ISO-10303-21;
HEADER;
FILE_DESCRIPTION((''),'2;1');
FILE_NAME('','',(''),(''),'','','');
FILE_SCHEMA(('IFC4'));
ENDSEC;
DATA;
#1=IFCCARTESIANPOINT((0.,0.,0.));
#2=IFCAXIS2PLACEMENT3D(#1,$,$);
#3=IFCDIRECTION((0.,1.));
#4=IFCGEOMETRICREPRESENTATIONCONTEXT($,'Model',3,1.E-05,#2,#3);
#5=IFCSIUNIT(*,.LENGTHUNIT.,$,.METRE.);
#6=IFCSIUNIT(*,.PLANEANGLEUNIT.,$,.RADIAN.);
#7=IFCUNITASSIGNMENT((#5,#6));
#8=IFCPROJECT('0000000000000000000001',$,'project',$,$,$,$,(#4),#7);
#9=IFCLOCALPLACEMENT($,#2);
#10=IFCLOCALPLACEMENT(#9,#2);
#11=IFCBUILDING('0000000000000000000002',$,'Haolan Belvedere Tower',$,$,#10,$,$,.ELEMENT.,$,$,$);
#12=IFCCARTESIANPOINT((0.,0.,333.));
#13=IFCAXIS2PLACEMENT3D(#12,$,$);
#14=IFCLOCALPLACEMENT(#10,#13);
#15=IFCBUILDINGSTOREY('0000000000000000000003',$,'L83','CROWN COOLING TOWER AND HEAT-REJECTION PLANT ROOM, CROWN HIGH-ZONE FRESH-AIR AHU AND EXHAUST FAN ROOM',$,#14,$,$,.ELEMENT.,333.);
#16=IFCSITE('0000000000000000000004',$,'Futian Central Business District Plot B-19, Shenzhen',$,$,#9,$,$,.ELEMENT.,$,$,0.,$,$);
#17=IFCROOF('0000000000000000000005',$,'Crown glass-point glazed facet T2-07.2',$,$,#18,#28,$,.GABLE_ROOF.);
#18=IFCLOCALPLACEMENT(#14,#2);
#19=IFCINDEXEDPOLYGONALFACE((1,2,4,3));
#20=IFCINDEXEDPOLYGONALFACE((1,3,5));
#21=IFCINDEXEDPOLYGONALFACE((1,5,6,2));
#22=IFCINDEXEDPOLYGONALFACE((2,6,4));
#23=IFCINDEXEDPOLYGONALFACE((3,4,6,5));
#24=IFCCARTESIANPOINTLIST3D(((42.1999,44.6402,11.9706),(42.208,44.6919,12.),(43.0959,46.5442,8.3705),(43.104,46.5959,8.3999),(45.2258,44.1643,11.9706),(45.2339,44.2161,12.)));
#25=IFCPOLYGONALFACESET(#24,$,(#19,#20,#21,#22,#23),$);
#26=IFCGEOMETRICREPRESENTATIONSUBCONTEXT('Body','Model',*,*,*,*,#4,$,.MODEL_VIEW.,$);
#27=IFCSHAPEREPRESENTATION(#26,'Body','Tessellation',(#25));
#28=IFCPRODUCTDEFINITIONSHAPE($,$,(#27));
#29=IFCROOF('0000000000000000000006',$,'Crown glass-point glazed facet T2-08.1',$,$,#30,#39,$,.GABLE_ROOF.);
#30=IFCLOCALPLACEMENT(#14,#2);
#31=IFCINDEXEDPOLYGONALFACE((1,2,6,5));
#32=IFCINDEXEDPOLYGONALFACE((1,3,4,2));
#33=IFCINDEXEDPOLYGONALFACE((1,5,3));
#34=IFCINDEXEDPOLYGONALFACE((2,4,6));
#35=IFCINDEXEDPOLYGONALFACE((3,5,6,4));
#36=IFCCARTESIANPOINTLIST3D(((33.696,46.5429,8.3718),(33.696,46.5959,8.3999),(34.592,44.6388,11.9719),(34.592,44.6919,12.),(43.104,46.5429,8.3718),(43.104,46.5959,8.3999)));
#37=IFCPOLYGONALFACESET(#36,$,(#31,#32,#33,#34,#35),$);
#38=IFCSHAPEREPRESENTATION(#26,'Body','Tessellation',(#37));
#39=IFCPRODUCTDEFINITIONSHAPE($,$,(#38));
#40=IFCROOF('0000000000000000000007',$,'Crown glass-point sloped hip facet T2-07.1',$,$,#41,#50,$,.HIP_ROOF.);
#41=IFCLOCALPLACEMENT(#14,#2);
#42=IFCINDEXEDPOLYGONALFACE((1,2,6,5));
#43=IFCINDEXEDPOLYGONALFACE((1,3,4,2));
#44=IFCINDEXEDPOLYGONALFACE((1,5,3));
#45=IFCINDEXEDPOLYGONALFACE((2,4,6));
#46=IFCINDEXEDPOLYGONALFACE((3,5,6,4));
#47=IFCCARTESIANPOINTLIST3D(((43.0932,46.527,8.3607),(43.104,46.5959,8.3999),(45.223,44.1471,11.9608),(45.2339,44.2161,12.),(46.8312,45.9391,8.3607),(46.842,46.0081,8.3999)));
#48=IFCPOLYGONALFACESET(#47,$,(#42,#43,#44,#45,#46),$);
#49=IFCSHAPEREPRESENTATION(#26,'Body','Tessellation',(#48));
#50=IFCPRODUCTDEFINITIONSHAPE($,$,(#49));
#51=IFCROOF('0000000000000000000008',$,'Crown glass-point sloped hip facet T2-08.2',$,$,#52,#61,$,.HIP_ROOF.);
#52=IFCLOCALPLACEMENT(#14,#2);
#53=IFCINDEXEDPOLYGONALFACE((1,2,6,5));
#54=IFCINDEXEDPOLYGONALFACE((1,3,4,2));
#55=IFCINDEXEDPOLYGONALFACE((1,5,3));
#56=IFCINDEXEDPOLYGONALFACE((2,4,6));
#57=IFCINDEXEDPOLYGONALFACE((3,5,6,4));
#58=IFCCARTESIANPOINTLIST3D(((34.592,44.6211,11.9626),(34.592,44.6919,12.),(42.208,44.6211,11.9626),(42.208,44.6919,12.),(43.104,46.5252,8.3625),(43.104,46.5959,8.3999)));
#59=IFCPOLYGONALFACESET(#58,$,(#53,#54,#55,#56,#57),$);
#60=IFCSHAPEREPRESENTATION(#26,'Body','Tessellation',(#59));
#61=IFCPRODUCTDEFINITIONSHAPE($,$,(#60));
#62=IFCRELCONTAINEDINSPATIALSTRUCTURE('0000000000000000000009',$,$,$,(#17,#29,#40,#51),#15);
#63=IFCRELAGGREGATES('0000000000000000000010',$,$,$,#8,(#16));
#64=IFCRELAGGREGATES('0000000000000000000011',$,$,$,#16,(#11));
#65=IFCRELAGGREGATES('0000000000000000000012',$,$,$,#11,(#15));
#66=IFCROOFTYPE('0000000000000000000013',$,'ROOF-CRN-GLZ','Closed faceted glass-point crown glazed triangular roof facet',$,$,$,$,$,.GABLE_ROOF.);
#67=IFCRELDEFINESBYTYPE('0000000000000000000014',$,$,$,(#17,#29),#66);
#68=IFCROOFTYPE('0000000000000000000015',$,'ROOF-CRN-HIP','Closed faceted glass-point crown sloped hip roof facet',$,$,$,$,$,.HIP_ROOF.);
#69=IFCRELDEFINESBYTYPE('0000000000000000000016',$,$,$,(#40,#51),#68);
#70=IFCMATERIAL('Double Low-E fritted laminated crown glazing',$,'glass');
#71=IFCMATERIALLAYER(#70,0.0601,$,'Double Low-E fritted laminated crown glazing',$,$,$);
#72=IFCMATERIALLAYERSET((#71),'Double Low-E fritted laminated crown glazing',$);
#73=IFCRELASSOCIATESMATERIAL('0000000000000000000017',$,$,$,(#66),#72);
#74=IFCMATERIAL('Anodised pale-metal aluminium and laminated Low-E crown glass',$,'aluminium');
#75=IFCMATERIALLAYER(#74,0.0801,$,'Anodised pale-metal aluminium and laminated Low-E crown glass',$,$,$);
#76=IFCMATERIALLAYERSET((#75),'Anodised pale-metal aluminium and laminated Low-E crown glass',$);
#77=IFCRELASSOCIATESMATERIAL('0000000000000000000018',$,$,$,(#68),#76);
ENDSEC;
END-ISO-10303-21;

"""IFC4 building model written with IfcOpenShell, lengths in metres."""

from ifc_helpers import new_model, si_unit, direction, frame, origin, place, context, subcontext, project, spatial, polyline, outline, extrude, material, layer, layer_set, type_object, element, save


model = new_model("IFC4")

# Units and contexts
model_context = context("Model", 3, precision=1e-05, world=origin(), true_north=direction((0.0, 1.0)))
body_context = subcontext(model_context, "Body", "Model", "MODEL_VIEW")
ifc_project = project(units=[si_unit("LENGTHUNIT", "METRE"), si_unit("PLANEANGLEUNIT", "RADIAN")], contexts=[model_context])

# Site, building, storey
site_placement = place(None, origin())
site = spatial("IfcSite", under=ifc_project, at=site_placement, Name="Futian Central Business District Plot B-19, Shenzhen", CompositionType="ELEMENT", RefElevation=0.0)
building_placement = place(site_placement, origin())
building = spatial("IfcBuilding", under=site, at=building_placement, Name="Haolan Belvedere Tower", CompositionType="ELEMENT")
storey_placement = place(building_placement, frame((0.0, 0.0, 333.0)))
storey = spatial("IfcBuildingStorey", under=building, at=storey_placement, Name="L83", Description="CROWN COOLING TOWER AND HEAT-REJECTION PLANT ROOM, CROWN HIGH-ZONE FRESH-AIR AHU AND EXHAUST FAN ROOM", CompositionType="ELEMENT", Elevation=333.0)

# Roofs
ifc_material_1 = material(Name="Double Low-E fritted laminated crown glazing", Category="glass")
ifc_layer_1 = layer(ifc_material_1, 0.0601, Name="Double Low-E fritted laminated crown glazing")
ifc_layer_set_1 = layer_set([ifc_layer_1], Name="Double Low-E fritted laminated crown glazing")
roof_type_1 = type_object("IfcRoofType", Name="ROOF-CRN-GLZ", Description="Closed faceted glass-point crown glazed triangular roof facet", PredefinedType="GABLE_ROOF", material=ifc_layer_set_1)
roof_1_placement = place(storey_placement, frame((43.104, 46.5959, 8.3999), z_axis=(0.135474, 0.861498, 0.489354), x_axis=(-0.214867, -0.456607, 0.863332)))
element("IfcRoof", 1, at=roof_1_placement, inside=storey, type_object=roof_type_1, Name="Crown glass-point glazed facet T2-07.2", PredefinedType="GABLE_ROOF", context=body_context, shape_type="SweptSolid", body=[
    extrude(outline(polyline([(0.0, 0.0), (4.17, 0.0), (3.7371, 3.0323), (0.0, 0.0)])), origin(), (0.0, 0.0, -1.0), 0.0601),
])
roof_2_placement = place(storey_placement, frame((43.104, 46.5959, 8.3999), z_axis=(0.0, 0.883979, 0.467527), x_axis=(-1.0, 0.0, 0.0)))
element("IfcRoof", 2, at=roof_2_placement, inside=storey, type_object=roof_type_1, Name="Crown glass-point glazed facet T2-08.1", PredefinedType="GABLE_ROOF", context=body_context, shape_type="SweptSolid", body=[
    extrude(outline(polyline([(0.0, 0.0), (9.408, 0.0), (8.512, 4.0726), (0.0, 0.0)])), origin(), (0.0, 0.0, -1.0), 0.0601),
])
ifc_material_2 = material(Name="Anodised pale-metal aluminium and laminated Low-E crown glass", Category="aluminium")
ifc_layer_2 = layer(ifc_material_2, 0.0801, Name="Anodised pale-metal aluminium and laminated Low-E crown glass")
ifc_layer_set_2 = layer_set([ifc_layer_2], Name="Anodised pale-metal aluminium and laminated Low-E crown glass")
roof_type_2 = type_object("IfcRoofType", Name="ROOF-CRN-HIP", Description="Closed faceted glass-point crown sloped hip roof facet", PredefinedType="HIP_ROOF", material=ifc_layer_set_2)
roof_3_placement = place(storey_placement, frame((46.842, 46.0081, 8.3999), z_axis=(0.13549, 0.861501, 0.489346), x_axis=(-0.987857, 0.155363, 0.0)))
element("IfcRoof", 3, at=roof_3_placement, inside=storey, type_object=roof_type_2, Name="Crown glass-point sloped hip facet T2-07.1", PredefinedType="HIP_ROOF", context=body_context, shape_type="SweptSolid", body=[
    extrude(outline(polyline([(0.0, 0.0), (3.784, 0.0), (1.3102, 4.1281), (0.0, 0.0)])), origin(), (0.0, 0.0, -1.0), 0.0801),
])
roof_4_placement = place(storey_placement, frame((43.104, 46.5959, 8.3999), z_axis=(0.0, 0.883979, 0.467527), x_axis=(-0.902065, -0.201784, 0.381525)))
element("IfcRoof", 4, at=roof_4_placement, inside=storey, type_object=roof_type_2, Name="Crown glass-point sloped hip facet T2-08.2", PredefinedType="HIP_ROOF", context=body_context, shape_type="SweptSolid", body=[
    extrude(outline(polyline([(0.0, 0.0), (9.4361, 0.0), (2.566, 3.287), (0.0, 0.0)])), origin(), (0.0, 0.0, -1.0), 0.0801),
])

save(model, "model.ifc")
